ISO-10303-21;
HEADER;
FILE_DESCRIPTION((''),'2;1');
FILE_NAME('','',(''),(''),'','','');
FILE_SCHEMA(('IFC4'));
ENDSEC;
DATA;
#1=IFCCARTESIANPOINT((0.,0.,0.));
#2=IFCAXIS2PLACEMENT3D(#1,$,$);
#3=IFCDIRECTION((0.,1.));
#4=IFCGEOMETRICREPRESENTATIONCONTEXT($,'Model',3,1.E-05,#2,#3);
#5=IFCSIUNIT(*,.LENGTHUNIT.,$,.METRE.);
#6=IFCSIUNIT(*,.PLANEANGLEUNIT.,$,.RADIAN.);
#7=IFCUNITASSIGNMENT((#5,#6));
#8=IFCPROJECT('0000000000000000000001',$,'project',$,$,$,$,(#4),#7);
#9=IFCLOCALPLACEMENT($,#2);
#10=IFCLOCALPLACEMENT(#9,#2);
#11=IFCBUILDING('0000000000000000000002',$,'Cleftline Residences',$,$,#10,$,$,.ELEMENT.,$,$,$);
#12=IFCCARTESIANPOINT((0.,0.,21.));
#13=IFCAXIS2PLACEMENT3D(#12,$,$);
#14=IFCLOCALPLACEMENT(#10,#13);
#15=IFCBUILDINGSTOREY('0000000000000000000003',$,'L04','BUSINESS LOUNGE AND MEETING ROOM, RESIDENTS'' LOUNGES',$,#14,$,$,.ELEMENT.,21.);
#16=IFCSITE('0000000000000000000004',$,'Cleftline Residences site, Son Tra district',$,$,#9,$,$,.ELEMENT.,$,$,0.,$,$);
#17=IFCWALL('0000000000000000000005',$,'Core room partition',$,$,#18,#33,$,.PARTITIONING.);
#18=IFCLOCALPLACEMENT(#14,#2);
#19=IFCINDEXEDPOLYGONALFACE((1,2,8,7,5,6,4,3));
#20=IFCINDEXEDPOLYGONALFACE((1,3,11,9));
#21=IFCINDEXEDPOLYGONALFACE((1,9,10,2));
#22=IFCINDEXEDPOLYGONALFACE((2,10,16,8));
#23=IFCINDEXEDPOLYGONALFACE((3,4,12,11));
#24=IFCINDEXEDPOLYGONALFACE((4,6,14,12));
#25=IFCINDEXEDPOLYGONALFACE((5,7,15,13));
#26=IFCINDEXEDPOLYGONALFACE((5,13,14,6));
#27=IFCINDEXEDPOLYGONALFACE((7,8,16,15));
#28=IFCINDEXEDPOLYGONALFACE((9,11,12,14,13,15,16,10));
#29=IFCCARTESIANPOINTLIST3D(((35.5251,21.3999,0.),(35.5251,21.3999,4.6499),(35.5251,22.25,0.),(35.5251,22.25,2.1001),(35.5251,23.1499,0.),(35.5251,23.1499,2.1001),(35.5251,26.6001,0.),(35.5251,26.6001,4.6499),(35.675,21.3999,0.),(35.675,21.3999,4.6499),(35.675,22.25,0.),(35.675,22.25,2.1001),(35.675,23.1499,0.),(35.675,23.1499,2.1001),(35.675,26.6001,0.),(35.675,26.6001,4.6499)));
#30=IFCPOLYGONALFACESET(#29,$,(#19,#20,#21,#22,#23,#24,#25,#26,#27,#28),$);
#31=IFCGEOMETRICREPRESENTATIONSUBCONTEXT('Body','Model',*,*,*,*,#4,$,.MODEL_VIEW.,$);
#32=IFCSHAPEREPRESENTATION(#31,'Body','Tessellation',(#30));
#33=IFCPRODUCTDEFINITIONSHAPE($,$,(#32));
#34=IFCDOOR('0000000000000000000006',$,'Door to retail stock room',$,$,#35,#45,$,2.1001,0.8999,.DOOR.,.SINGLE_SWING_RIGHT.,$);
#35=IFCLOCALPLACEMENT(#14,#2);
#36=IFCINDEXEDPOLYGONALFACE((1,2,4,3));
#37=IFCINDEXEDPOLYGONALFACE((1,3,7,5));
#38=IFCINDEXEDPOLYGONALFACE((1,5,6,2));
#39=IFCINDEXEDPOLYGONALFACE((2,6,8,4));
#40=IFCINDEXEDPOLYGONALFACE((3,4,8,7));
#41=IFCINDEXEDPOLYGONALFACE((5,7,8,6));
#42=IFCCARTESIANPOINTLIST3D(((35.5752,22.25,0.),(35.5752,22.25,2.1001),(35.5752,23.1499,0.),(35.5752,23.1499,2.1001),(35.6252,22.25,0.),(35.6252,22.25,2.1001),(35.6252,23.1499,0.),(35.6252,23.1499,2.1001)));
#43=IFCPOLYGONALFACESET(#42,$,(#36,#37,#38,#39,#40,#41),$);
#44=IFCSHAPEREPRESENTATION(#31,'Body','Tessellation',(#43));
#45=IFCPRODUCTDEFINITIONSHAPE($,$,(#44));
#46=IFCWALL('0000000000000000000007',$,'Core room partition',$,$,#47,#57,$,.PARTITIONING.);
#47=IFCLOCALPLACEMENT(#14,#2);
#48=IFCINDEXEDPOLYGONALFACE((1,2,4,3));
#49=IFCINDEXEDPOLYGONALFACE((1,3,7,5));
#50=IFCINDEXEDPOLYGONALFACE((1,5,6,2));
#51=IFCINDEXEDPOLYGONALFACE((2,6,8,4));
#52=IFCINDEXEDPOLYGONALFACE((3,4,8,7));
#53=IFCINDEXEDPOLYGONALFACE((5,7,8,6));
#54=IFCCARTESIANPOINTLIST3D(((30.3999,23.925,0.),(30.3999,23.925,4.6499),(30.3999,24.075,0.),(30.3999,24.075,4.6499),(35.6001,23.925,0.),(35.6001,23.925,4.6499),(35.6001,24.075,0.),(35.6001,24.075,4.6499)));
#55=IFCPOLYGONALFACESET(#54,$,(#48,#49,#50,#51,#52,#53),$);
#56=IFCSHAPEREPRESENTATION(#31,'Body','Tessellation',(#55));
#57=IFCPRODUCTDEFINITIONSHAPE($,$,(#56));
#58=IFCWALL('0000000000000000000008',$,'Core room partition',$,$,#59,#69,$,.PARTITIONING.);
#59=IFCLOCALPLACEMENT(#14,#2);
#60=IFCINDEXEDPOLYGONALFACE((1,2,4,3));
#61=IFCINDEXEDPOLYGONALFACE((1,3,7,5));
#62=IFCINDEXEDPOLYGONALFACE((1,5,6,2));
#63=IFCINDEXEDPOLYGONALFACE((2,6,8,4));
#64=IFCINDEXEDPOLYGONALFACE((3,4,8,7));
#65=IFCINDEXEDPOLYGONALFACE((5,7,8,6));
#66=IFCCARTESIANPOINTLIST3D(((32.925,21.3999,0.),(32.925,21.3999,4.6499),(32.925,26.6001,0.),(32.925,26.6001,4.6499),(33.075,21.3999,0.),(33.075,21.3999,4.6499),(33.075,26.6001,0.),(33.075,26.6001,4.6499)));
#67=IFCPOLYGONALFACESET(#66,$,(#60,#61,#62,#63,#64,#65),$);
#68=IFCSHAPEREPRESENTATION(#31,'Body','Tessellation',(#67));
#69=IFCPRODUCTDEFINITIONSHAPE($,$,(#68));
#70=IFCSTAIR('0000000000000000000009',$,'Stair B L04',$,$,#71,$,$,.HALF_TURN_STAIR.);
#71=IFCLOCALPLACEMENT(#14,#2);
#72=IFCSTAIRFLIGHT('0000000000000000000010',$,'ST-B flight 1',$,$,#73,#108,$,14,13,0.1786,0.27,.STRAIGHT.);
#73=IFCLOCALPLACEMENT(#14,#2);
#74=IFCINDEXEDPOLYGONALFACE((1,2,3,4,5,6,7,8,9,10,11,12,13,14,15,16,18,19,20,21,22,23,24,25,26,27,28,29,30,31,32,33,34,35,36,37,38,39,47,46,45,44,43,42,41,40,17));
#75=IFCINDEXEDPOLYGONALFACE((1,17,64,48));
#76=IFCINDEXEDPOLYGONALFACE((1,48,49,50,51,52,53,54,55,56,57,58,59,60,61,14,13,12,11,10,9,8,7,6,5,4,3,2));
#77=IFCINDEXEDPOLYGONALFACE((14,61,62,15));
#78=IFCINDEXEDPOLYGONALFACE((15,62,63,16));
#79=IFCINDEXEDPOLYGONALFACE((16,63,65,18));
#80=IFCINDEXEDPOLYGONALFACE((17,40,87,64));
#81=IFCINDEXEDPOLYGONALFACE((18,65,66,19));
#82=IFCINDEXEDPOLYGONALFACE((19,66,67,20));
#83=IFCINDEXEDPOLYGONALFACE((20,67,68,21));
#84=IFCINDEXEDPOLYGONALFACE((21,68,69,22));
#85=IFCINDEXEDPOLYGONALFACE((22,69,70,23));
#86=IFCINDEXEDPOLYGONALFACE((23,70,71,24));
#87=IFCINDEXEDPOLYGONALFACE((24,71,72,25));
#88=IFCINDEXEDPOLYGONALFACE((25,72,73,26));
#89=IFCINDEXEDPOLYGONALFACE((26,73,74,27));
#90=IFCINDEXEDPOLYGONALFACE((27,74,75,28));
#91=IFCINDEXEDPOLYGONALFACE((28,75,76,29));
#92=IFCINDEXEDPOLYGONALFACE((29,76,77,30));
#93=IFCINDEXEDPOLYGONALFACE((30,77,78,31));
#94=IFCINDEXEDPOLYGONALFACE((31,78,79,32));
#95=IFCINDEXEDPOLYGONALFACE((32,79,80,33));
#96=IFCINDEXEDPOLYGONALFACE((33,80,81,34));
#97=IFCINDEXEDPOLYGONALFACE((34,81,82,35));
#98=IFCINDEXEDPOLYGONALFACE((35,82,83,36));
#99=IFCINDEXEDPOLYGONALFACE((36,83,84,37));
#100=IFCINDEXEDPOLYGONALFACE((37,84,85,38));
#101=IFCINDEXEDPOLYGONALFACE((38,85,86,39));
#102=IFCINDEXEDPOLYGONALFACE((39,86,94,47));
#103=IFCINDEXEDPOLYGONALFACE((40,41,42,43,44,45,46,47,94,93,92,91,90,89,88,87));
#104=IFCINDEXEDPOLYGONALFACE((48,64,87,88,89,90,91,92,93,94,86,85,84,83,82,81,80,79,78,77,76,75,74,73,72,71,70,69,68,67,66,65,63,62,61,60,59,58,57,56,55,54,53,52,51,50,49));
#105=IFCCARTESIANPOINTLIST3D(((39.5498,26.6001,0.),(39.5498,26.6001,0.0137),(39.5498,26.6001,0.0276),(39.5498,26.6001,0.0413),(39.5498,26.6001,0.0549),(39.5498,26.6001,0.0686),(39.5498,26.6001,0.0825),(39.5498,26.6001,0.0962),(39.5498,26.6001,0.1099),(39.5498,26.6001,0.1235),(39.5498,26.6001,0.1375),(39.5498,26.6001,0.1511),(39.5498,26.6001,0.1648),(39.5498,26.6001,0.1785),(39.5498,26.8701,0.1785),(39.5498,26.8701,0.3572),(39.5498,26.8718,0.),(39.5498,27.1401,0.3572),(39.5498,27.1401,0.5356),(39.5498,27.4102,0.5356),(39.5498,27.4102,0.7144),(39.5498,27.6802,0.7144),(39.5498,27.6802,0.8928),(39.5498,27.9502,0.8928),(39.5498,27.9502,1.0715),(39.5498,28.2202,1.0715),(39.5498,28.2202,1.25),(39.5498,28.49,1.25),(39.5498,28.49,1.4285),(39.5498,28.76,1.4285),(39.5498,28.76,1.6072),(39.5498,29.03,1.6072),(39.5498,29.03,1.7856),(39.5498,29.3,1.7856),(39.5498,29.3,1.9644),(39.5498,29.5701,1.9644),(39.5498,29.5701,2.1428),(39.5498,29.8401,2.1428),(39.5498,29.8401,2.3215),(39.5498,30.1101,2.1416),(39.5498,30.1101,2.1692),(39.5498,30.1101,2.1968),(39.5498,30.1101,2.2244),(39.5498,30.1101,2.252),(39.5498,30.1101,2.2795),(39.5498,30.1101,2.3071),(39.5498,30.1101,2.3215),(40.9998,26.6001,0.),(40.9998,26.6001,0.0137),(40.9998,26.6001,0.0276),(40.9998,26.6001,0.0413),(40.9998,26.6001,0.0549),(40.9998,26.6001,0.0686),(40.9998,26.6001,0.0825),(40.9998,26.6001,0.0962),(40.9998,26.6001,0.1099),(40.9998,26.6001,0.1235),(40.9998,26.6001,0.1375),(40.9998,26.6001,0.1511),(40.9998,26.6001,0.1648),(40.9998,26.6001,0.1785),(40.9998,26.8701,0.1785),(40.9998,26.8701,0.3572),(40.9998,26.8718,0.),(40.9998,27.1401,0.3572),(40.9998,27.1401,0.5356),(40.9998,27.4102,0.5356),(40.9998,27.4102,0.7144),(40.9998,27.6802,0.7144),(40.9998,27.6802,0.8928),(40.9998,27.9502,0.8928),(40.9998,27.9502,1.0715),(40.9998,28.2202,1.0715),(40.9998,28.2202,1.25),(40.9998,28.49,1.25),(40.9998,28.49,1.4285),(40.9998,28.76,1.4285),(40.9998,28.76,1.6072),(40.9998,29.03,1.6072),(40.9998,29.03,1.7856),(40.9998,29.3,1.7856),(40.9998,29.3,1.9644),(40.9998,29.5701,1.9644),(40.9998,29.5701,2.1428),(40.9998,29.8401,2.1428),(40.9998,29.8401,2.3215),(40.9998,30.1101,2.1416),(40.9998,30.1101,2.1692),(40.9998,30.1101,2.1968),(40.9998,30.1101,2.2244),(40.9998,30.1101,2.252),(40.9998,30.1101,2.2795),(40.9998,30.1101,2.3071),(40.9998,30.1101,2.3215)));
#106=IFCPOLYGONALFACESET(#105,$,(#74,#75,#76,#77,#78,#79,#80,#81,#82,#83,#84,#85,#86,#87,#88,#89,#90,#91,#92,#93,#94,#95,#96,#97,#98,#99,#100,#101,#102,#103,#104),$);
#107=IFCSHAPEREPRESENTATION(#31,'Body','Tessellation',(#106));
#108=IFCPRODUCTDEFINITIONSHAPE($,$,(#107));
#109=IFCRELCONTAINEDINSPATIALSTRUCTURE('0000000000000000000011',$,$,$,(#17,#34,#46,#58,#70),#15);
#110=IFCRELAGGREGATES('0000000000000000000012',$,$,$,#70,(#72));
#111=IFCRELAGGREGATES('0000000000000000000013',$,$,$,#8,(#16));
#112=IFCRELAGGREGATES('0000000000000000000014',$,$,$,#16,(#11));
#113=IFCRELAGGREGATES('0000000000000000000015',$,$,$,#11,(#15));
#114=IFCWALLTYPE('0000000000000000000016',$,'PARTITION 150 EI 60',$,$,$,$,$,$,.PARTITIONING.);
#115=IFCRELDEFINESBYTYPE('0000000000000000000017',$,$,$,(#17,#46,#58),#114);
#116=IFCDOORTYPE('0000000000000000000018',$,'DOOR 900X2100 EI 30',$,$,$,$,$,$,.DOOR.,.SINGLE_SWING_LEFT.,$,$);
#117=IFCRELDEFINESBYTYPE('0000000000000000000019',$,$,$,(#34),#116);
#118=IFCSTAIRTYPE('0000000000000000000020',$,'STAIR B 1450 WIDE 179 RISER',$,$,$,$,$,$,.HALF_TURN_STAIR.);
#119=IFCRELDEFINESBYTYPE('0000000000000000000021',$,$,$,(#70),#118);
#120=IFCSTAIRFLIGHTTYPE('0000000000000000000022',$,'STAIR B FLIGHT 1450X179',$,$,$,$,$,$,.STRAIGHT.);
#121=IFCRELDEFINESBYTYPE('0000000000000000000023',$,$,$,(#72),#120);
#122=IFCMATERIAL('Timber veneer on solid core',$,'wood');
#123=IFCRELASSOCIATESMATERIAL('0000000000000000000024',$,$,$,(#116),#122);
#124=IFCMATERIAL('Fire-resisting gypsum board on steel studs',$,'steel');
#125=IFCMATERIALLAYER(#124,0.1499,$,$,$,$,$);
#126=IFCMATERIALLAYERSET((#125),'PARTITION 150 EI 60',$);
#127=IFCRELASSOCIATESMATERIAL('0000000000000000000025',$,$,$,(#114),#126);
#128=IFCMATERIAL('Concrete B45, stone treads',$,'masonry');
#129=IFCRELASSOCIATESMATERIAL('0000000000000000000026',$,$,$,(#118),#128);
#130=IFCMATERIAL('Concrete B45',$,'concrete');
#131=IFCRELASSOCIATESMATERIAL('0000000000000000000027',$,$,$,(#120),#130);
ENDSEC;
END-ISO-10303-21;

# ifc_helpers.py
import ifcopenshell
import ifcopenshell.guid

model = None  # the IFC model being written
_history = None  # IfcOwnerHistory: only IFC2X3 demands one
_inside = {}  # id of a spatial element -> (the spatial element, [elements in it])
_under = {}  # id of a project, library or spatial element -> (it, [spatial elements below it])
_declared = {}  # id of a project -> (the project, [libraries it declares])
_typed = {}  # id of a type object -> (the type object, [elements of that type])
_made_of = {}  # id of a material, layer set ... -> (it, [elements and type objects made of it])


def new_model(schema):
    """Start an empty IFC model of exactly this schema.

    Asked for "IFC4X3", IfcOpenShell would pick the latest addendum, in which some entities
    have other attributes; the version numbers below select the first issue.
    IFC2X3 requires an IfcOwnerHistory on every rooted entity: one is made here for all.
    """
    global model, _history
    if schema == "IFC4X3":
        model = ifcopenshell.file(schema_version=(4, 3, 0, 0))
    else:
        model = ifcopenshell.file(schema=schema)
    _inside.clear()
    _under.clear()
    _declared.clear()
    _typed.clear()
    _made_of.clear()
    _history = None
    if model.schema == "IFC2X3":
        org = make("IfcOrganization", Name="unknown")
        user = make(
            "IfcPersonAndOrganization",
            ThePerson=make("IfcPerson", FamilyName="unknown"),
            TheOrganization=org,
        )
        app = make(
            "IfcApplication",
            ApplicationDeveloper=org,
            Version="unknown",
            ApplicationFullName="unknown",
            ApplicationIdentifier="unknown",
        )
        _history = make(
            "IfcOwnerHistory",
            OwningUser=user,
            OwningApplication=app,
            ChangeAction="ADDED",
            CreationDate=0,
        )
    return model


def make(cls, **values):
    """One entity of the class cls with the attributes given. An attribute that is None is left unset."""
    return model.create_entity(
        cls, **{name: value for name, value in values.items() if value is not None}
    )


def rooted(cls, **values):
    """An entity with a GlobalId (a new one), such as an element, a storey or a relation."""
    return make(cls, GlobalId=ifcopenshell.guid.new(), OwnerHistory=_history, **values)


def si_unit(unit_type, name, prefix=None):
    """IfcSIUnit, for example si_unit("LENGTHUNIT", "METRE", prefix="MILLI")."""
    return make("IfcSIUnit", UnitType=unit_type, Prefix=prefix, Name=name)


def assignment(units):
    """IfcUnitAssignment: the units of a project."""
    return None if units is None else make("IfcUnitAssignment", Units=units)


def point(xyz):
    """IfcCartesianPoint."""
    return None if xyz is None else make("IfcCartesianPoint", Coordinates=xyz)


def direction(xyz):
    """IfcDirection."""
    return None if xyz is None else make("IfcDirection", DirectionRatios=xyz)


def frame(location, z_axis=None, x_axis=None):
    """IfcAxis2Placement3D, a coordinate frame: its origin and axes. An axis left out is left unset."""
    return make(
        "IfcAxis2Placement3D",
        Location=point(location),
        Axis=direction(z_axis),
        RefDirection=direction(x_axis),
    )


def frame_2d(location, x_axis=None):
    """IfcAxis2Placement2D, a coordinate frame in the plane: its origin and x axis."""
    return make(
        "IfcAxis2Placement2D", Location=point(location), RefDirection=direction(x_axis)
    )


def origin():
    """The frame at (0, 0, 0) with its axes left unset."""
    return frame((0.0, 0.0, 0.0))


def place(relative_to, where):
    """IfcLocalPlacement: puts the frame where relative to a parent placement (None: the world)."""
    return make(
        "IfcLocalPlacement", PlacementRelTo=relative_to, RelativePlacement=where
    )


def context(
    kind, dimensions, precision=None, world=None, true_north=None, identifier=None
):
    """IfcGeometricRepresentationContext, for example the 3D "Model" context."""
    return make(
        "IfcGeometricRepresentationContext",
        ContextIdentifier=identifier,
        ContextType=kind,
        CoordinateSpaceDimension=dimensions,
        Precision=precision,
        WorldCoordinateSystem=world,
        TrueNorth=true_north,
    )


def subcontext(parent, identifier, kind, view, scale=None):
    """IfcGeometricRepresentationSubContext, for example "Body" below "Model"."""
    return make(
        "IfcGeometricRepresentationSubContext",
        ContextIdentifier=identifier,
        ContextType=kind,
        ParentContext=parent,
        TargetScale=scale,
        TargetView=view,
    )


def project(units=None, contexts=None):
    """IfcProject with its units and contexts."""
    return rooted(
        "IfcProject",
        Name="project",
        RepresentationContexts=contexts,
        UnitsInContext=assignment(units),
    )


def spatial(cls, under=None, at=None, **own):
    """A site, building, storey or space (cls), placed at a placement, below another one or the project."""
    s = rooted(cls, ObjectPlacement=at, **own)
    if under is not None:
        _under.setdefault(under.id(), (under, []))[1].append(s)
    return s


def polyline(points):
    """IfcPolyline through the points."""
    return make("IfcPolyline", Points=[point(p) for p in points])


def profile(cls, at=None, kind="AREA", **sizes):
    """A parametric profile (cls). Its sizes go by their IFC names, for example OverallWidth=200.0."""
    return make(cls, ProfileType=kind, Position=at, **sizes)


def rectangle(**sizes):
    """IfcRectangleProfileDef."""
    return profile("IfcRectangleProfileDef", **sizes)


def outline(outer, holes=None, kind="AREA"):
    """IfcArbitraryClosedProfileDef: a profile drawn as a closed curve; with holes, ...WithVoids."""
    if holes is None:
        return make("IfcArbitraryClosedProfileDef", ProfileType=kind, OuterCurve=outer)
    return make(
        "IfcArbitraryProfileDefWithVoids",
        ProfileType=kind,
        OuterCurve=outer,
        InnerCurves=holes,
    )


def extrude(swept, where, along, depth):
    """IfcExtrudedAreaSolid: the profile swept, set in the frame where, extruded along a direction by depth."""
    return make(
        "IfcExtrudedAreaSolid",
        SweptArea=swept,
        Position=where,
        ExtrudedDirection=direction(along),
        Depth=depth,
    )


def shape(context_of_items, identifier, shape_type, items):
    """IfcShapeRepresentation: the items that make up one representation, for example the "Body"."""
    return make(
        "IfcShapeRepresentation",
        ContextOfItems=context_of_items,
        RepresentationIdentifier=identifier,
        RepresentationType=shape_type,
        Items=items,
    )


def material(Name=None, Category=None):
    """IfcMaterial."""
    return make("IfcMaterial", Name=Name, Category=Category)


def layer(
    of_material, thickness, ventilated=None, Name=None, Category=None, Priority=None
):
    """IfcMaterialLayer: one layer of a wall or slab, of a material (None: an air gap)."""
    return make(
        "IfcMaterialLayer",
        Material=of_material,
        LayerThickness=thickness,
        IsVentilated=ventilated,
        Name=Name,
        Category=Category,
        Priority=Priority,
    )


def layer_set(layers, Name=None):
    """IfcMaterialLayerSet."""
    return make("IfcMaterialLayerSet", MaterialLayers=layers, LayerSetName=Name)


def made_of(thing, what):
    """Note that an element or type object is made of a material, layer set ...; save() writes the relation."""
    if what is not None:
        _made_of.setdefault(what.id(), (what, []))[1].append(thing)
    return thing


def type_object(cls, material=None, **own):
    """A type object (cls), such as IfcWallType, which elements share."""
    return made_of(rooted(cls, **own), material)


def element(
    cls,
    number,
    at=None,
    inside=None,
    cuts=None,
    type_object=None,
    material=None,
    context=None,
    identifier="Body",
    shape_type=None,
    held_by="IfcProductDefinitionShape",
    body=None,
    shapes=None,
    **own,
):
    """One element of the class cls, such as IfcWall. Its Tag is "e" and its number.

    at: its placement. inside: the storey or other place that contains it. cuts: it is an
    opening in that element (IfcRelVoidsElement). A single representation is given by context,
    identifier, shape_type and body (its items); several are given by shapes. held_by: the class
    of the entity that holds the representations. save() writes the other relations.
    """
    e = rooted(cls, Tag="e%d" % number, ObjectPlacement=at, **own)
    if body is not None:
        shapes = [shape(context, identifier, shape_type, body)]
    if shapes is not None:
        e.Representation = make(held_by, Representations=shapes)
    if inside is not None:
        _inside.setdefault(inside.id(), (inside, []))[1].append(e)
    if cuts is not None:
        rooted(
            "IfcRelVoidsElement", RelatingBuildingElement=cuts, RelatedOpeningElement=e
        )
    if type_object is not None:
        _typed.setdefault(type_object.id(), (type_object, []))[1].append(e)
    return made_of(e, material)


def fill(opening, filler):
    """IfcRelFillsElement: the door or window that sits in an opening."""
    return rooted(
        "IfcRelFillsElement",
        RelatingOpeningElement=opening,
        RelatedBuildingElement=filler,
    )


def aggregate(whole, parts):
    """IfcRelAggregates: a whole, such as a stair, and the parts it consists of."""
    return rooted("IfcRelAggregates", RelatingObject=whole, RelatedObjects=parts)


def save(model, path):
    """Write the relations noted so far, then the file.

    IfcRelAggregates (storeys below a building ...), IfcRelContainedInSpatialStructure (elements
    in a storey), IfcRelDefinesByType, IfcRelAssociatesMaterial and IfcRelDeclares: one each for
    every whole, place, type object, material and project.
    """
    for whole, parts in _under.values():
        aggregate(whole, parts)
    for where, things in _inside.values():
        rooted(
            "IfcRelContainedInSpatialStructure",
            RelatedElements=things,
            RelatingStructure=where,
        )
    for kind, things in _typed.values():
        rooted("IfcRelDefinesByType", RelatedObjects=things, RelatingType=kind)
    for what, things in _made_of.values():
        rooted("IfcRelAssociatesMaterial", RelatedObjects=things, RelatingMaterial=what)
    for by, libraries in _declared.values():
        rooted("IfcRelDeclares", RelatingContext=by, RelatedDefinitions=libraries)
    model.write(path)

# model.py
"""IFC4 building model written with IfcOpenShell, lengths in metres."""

from ifc_helpers import new_model, si_unit, direction, frame, frame_2d, origin, place, context, subcontext, project, spatial, polyline, rectangle, outline, extrude, material, layer, layer_set, type_object, element, fill, aggregate, save


model = new_model("IFC4")

# Units and contexts
model_context = context("Model", 3, precision=1e-05, world=origin(), true_north=direction((0.0, 1.0)))
body_context = subcontext(model_context, "Body", "Model", "MODEL_VIEW")
ifc_project = project(units=[si_unit("LENGTHUNIT", "METRE"), si_unit("PLANEANGLEUNIT", "RADIAN")], contexts=[model_context])

# Site, building, storey
site_placement = place(None, origin())
site = spatial("IfcSite", under=ifc_project, at=site_placement, Name="Cleftline Residences site, Son Tra district", CompositionType="ELEMENT", RefElevation=0.0)
building_placement = place(site_placement, origin())
building = spatial("IfcBuilding", under=site, at=building_placement, Name="Cleftline Residences", CompositionType="ELEMENT")
storey_placement = place(building_placement, frame((0.0, 0.0, 21.0)))
storey = spatial("IfcBuildingStorey", under=building, at=storey_placement, Name="L04", Description="BUSINESS LOUNGE AND MEETING ROOM, RESIDENTS' LOUNGES", CompositionType="ELEMENT", Elevation=21.0)

# Shared definitions
ifc_material_1 = material(Name="Timber veneer on solid core", Category="wood")
door_type_1 = type_object("IfcDoorType", Name="DOOR 900X2100 EI 30", OperationType="SINGLE_SWING_LEFT", PredefinedType="DOOR", material=ifc_material_1)

# Shared definitions
ifc_material_2 = material(Name="Fire-resisting gypsum board on steel studs", Category="steel")
ifc_layer_1 = layer(ifc_material_2, 0.1499)
ifc_layer_set_1 = layer_set([ifc_layer_1], Name="PARTITION 150 EI 60")
wall_type_1 = type_object("IfcWallType", Name="PARTITION 150 EI 60", PredefinedType="PARTITIONING", material=ifc_layer_set_1)

# Wall, opening, door
wall_1_placement = place(storey_placement, frame((35.6001, 21.3999, 0.0), z_axis=(0.0, 0.0, 1.0), x_axis=(0.0, 1.0, 0.0)))
wall_1 = element("IfcWall", 1, at=wall_1_placement, inside=storey, type_object=wall_type_1, Name="Core room partition", PredefinedType="PARTITIONING", context=body_context, shape_type="SweptSolid", body=[
    extrude(rectangle(XDim=5.2002, YDim=0.1499, at=frame_2d((2.6001, 0.0))), origin(), (0.0, 0.0, 1.0), 4.6499),
])
opening_1_placement = place(wall_1_placement, frame((0.8501, 0.0, 0.0)))
opening_1 = element("IfcOpeningElement", 2, at=opening_1_placement, cuts=wall_1, PredefinedType="OPENING", context=body_context, shape_type="SweptSolid", body=[
    extrude(rectangle(XDim=0.8999, YDim=2.1001, at=frame_2d((0.45, 1.05))), frame((0.0, 0.085, 0.0), z_axis=(0.0, -1.0, 0.0), x_axis=(1.0, 0.0, 0.0)), (0.0, 0.0, 1.0), 0.1699),
])
door_1_placement = place(opening_1_placement, origin())
door_1 = element("IfcDoor", 3, at=door_1_placement, inside=storey, type_object=door_type_1, Name="Door to retail stock room", OperationType="SINGLE_SWING_RIGHT", OverallHeight=2.1001, OverallWidth=0.8999, PredefinedType="DOOR", context=body_context, shape_type="SweptSolid", body=[
    extrude(rectangle(XDim=0.8999, YDim=2.1001, at=frame_2d((0.45, 1.05))), frame((0.0, 0.0249, 0.0), z_axis=(0.0, -1.0, 0.0), x_axis=(1.0, 0.0, 0.0)), (0.0, 0.0, 1.0), 0.05),
])
fill(opening_1, door_1)

# Walls
for number, where, z_axis, x_axis, name in (
    (4, (30.3999, 24.0, 0.0), (0.0, 0.0, 1.0), (1.0, 0.0, 0.0), "Core room partition"),
    (5, (33.0, 21.3999, 0.0), (0.0, 0.0, 1.0), (0.0, 1.0, 0.0), "Core room partition"),
):
    element("IfcWall", number, at=place(storey_placement, frame(where, z_axis=z_axis, x_axis=x_axis)), inside=storey, type_object=wall_type_1, Name=name, PredefinedType="PARTITIONING", context=body_context, shape_type="SweptSolid", body=[
        extrude(rectangle(XDim=5.2002, YDim=0.1499, at=frame_2d((2.6001, 0.0))), origin(), (0.0, 0.0, 1.0), 4.6499),
    ])

# Stair, stair flight
ifc_material_3 = material(Name="Concrete B45, stone treads", Category="masonry")
stair_type = type_object("IfcStairType", Name="STAIR B 1450 WIDE 179 RISER", PredefinedType="HALF_TURN_STAIR", material=ifc_material_3)
stair_placement = place(storey_placement, origin())
stair = element("IfcStair", 6, at=stair_placement, inside=storey, type_object=stair_type, Name="Stair B L04", PredefinedType="HALF_TURN_STAIR")
ifc_material_4 = material(Name="Concrete B45", Category="concrete")
stair_flight_type = type_object("IfcStairFlightType", Name="STAIR B FLIGHT 1450X179", PredefinedType="STRAIGHT", material=ifc_material_4)
stair_flight_placement = place(storey_placement, frame((40.2749, 26.6001, 0.0), z_axis=(0.0, 0.0, 1.0), x_axis=(0.0, 1.0, 0.0)))
stair_flight = element("IfcStairFlight", 7, at=stair_flight_placement, type_object=stair_flight_type, Name="ST-B flight 1", NumberOfRisers=14, NumberOfTreads=13, PredefinedType="STRAIGHT", RiserHeight=0.1786, TreadLength=0.27, context=body_context, shape_type="SweptSolid", body=[
    extrude(outline(polyline([(0.0, 0.0), (0.0, 0.0137), (0.0, 0.0276), (0.0, 0.0413), (0.0, 0.0549), (0.0, 0.0686), (0.0, 0.0825), (0.0, 0.0962), (0.0, 0.1099), (0.0, 0.1235), (0.0, 0.1375), (0.0, 0.1511), (0.0, 0.1648), (0.0, 0.1785), (0.27, 0.1785), (0.27, 0.3572), (0.54, 0.3572), (0.54, 0.5356), (0.8101, 0.5356), (0.8101, 0.7144), (1.0801, 0.7144), (1.0801, 0.8928), (1.3501, 0.8928), (1.3501, 1.0715), (1.6201, 1.0715), (1.6201, 1.25), (1.8899, 1.25), (1.8899, 1.4285), (2.1599, 1.4285), (2.1599, 1.6072), (2.4299, 1.6072), (2.4299, 1.7856), (2.7, 1.7856), (2.7, 1.9644), (2.97, 1.9644), (2.97, 2.1428), (3.24, 2.1428), (3.24, 2.3215), (3.51, 2.3215), (3.51, 2.5), (3.51, 2.4724), (3.51, 2.4448), (3.51, 2.4172), (3.51, 2.3896), (3.51, 2.3623), (3.51, 2.3347), (3.51, 2.3071), (3.51, 2.2795), (3.51, 2.252), (3.51, 2.2244), (3.51, 2.1968), (3.51, 2.1692), (3.51, 2.1416), (0.2717, 0.0), (0.0, 0.0)])), frame((0.0, 0.7251, 0.0), z_axis=(0.0, -1.0, 0.0), x_axis=(1.0, 0.0, 0.0)), (0.0, 0.0, 1.0), 1.45),
])
aggregate(stair, [stair_flight])

save(model, "model.ifc")
